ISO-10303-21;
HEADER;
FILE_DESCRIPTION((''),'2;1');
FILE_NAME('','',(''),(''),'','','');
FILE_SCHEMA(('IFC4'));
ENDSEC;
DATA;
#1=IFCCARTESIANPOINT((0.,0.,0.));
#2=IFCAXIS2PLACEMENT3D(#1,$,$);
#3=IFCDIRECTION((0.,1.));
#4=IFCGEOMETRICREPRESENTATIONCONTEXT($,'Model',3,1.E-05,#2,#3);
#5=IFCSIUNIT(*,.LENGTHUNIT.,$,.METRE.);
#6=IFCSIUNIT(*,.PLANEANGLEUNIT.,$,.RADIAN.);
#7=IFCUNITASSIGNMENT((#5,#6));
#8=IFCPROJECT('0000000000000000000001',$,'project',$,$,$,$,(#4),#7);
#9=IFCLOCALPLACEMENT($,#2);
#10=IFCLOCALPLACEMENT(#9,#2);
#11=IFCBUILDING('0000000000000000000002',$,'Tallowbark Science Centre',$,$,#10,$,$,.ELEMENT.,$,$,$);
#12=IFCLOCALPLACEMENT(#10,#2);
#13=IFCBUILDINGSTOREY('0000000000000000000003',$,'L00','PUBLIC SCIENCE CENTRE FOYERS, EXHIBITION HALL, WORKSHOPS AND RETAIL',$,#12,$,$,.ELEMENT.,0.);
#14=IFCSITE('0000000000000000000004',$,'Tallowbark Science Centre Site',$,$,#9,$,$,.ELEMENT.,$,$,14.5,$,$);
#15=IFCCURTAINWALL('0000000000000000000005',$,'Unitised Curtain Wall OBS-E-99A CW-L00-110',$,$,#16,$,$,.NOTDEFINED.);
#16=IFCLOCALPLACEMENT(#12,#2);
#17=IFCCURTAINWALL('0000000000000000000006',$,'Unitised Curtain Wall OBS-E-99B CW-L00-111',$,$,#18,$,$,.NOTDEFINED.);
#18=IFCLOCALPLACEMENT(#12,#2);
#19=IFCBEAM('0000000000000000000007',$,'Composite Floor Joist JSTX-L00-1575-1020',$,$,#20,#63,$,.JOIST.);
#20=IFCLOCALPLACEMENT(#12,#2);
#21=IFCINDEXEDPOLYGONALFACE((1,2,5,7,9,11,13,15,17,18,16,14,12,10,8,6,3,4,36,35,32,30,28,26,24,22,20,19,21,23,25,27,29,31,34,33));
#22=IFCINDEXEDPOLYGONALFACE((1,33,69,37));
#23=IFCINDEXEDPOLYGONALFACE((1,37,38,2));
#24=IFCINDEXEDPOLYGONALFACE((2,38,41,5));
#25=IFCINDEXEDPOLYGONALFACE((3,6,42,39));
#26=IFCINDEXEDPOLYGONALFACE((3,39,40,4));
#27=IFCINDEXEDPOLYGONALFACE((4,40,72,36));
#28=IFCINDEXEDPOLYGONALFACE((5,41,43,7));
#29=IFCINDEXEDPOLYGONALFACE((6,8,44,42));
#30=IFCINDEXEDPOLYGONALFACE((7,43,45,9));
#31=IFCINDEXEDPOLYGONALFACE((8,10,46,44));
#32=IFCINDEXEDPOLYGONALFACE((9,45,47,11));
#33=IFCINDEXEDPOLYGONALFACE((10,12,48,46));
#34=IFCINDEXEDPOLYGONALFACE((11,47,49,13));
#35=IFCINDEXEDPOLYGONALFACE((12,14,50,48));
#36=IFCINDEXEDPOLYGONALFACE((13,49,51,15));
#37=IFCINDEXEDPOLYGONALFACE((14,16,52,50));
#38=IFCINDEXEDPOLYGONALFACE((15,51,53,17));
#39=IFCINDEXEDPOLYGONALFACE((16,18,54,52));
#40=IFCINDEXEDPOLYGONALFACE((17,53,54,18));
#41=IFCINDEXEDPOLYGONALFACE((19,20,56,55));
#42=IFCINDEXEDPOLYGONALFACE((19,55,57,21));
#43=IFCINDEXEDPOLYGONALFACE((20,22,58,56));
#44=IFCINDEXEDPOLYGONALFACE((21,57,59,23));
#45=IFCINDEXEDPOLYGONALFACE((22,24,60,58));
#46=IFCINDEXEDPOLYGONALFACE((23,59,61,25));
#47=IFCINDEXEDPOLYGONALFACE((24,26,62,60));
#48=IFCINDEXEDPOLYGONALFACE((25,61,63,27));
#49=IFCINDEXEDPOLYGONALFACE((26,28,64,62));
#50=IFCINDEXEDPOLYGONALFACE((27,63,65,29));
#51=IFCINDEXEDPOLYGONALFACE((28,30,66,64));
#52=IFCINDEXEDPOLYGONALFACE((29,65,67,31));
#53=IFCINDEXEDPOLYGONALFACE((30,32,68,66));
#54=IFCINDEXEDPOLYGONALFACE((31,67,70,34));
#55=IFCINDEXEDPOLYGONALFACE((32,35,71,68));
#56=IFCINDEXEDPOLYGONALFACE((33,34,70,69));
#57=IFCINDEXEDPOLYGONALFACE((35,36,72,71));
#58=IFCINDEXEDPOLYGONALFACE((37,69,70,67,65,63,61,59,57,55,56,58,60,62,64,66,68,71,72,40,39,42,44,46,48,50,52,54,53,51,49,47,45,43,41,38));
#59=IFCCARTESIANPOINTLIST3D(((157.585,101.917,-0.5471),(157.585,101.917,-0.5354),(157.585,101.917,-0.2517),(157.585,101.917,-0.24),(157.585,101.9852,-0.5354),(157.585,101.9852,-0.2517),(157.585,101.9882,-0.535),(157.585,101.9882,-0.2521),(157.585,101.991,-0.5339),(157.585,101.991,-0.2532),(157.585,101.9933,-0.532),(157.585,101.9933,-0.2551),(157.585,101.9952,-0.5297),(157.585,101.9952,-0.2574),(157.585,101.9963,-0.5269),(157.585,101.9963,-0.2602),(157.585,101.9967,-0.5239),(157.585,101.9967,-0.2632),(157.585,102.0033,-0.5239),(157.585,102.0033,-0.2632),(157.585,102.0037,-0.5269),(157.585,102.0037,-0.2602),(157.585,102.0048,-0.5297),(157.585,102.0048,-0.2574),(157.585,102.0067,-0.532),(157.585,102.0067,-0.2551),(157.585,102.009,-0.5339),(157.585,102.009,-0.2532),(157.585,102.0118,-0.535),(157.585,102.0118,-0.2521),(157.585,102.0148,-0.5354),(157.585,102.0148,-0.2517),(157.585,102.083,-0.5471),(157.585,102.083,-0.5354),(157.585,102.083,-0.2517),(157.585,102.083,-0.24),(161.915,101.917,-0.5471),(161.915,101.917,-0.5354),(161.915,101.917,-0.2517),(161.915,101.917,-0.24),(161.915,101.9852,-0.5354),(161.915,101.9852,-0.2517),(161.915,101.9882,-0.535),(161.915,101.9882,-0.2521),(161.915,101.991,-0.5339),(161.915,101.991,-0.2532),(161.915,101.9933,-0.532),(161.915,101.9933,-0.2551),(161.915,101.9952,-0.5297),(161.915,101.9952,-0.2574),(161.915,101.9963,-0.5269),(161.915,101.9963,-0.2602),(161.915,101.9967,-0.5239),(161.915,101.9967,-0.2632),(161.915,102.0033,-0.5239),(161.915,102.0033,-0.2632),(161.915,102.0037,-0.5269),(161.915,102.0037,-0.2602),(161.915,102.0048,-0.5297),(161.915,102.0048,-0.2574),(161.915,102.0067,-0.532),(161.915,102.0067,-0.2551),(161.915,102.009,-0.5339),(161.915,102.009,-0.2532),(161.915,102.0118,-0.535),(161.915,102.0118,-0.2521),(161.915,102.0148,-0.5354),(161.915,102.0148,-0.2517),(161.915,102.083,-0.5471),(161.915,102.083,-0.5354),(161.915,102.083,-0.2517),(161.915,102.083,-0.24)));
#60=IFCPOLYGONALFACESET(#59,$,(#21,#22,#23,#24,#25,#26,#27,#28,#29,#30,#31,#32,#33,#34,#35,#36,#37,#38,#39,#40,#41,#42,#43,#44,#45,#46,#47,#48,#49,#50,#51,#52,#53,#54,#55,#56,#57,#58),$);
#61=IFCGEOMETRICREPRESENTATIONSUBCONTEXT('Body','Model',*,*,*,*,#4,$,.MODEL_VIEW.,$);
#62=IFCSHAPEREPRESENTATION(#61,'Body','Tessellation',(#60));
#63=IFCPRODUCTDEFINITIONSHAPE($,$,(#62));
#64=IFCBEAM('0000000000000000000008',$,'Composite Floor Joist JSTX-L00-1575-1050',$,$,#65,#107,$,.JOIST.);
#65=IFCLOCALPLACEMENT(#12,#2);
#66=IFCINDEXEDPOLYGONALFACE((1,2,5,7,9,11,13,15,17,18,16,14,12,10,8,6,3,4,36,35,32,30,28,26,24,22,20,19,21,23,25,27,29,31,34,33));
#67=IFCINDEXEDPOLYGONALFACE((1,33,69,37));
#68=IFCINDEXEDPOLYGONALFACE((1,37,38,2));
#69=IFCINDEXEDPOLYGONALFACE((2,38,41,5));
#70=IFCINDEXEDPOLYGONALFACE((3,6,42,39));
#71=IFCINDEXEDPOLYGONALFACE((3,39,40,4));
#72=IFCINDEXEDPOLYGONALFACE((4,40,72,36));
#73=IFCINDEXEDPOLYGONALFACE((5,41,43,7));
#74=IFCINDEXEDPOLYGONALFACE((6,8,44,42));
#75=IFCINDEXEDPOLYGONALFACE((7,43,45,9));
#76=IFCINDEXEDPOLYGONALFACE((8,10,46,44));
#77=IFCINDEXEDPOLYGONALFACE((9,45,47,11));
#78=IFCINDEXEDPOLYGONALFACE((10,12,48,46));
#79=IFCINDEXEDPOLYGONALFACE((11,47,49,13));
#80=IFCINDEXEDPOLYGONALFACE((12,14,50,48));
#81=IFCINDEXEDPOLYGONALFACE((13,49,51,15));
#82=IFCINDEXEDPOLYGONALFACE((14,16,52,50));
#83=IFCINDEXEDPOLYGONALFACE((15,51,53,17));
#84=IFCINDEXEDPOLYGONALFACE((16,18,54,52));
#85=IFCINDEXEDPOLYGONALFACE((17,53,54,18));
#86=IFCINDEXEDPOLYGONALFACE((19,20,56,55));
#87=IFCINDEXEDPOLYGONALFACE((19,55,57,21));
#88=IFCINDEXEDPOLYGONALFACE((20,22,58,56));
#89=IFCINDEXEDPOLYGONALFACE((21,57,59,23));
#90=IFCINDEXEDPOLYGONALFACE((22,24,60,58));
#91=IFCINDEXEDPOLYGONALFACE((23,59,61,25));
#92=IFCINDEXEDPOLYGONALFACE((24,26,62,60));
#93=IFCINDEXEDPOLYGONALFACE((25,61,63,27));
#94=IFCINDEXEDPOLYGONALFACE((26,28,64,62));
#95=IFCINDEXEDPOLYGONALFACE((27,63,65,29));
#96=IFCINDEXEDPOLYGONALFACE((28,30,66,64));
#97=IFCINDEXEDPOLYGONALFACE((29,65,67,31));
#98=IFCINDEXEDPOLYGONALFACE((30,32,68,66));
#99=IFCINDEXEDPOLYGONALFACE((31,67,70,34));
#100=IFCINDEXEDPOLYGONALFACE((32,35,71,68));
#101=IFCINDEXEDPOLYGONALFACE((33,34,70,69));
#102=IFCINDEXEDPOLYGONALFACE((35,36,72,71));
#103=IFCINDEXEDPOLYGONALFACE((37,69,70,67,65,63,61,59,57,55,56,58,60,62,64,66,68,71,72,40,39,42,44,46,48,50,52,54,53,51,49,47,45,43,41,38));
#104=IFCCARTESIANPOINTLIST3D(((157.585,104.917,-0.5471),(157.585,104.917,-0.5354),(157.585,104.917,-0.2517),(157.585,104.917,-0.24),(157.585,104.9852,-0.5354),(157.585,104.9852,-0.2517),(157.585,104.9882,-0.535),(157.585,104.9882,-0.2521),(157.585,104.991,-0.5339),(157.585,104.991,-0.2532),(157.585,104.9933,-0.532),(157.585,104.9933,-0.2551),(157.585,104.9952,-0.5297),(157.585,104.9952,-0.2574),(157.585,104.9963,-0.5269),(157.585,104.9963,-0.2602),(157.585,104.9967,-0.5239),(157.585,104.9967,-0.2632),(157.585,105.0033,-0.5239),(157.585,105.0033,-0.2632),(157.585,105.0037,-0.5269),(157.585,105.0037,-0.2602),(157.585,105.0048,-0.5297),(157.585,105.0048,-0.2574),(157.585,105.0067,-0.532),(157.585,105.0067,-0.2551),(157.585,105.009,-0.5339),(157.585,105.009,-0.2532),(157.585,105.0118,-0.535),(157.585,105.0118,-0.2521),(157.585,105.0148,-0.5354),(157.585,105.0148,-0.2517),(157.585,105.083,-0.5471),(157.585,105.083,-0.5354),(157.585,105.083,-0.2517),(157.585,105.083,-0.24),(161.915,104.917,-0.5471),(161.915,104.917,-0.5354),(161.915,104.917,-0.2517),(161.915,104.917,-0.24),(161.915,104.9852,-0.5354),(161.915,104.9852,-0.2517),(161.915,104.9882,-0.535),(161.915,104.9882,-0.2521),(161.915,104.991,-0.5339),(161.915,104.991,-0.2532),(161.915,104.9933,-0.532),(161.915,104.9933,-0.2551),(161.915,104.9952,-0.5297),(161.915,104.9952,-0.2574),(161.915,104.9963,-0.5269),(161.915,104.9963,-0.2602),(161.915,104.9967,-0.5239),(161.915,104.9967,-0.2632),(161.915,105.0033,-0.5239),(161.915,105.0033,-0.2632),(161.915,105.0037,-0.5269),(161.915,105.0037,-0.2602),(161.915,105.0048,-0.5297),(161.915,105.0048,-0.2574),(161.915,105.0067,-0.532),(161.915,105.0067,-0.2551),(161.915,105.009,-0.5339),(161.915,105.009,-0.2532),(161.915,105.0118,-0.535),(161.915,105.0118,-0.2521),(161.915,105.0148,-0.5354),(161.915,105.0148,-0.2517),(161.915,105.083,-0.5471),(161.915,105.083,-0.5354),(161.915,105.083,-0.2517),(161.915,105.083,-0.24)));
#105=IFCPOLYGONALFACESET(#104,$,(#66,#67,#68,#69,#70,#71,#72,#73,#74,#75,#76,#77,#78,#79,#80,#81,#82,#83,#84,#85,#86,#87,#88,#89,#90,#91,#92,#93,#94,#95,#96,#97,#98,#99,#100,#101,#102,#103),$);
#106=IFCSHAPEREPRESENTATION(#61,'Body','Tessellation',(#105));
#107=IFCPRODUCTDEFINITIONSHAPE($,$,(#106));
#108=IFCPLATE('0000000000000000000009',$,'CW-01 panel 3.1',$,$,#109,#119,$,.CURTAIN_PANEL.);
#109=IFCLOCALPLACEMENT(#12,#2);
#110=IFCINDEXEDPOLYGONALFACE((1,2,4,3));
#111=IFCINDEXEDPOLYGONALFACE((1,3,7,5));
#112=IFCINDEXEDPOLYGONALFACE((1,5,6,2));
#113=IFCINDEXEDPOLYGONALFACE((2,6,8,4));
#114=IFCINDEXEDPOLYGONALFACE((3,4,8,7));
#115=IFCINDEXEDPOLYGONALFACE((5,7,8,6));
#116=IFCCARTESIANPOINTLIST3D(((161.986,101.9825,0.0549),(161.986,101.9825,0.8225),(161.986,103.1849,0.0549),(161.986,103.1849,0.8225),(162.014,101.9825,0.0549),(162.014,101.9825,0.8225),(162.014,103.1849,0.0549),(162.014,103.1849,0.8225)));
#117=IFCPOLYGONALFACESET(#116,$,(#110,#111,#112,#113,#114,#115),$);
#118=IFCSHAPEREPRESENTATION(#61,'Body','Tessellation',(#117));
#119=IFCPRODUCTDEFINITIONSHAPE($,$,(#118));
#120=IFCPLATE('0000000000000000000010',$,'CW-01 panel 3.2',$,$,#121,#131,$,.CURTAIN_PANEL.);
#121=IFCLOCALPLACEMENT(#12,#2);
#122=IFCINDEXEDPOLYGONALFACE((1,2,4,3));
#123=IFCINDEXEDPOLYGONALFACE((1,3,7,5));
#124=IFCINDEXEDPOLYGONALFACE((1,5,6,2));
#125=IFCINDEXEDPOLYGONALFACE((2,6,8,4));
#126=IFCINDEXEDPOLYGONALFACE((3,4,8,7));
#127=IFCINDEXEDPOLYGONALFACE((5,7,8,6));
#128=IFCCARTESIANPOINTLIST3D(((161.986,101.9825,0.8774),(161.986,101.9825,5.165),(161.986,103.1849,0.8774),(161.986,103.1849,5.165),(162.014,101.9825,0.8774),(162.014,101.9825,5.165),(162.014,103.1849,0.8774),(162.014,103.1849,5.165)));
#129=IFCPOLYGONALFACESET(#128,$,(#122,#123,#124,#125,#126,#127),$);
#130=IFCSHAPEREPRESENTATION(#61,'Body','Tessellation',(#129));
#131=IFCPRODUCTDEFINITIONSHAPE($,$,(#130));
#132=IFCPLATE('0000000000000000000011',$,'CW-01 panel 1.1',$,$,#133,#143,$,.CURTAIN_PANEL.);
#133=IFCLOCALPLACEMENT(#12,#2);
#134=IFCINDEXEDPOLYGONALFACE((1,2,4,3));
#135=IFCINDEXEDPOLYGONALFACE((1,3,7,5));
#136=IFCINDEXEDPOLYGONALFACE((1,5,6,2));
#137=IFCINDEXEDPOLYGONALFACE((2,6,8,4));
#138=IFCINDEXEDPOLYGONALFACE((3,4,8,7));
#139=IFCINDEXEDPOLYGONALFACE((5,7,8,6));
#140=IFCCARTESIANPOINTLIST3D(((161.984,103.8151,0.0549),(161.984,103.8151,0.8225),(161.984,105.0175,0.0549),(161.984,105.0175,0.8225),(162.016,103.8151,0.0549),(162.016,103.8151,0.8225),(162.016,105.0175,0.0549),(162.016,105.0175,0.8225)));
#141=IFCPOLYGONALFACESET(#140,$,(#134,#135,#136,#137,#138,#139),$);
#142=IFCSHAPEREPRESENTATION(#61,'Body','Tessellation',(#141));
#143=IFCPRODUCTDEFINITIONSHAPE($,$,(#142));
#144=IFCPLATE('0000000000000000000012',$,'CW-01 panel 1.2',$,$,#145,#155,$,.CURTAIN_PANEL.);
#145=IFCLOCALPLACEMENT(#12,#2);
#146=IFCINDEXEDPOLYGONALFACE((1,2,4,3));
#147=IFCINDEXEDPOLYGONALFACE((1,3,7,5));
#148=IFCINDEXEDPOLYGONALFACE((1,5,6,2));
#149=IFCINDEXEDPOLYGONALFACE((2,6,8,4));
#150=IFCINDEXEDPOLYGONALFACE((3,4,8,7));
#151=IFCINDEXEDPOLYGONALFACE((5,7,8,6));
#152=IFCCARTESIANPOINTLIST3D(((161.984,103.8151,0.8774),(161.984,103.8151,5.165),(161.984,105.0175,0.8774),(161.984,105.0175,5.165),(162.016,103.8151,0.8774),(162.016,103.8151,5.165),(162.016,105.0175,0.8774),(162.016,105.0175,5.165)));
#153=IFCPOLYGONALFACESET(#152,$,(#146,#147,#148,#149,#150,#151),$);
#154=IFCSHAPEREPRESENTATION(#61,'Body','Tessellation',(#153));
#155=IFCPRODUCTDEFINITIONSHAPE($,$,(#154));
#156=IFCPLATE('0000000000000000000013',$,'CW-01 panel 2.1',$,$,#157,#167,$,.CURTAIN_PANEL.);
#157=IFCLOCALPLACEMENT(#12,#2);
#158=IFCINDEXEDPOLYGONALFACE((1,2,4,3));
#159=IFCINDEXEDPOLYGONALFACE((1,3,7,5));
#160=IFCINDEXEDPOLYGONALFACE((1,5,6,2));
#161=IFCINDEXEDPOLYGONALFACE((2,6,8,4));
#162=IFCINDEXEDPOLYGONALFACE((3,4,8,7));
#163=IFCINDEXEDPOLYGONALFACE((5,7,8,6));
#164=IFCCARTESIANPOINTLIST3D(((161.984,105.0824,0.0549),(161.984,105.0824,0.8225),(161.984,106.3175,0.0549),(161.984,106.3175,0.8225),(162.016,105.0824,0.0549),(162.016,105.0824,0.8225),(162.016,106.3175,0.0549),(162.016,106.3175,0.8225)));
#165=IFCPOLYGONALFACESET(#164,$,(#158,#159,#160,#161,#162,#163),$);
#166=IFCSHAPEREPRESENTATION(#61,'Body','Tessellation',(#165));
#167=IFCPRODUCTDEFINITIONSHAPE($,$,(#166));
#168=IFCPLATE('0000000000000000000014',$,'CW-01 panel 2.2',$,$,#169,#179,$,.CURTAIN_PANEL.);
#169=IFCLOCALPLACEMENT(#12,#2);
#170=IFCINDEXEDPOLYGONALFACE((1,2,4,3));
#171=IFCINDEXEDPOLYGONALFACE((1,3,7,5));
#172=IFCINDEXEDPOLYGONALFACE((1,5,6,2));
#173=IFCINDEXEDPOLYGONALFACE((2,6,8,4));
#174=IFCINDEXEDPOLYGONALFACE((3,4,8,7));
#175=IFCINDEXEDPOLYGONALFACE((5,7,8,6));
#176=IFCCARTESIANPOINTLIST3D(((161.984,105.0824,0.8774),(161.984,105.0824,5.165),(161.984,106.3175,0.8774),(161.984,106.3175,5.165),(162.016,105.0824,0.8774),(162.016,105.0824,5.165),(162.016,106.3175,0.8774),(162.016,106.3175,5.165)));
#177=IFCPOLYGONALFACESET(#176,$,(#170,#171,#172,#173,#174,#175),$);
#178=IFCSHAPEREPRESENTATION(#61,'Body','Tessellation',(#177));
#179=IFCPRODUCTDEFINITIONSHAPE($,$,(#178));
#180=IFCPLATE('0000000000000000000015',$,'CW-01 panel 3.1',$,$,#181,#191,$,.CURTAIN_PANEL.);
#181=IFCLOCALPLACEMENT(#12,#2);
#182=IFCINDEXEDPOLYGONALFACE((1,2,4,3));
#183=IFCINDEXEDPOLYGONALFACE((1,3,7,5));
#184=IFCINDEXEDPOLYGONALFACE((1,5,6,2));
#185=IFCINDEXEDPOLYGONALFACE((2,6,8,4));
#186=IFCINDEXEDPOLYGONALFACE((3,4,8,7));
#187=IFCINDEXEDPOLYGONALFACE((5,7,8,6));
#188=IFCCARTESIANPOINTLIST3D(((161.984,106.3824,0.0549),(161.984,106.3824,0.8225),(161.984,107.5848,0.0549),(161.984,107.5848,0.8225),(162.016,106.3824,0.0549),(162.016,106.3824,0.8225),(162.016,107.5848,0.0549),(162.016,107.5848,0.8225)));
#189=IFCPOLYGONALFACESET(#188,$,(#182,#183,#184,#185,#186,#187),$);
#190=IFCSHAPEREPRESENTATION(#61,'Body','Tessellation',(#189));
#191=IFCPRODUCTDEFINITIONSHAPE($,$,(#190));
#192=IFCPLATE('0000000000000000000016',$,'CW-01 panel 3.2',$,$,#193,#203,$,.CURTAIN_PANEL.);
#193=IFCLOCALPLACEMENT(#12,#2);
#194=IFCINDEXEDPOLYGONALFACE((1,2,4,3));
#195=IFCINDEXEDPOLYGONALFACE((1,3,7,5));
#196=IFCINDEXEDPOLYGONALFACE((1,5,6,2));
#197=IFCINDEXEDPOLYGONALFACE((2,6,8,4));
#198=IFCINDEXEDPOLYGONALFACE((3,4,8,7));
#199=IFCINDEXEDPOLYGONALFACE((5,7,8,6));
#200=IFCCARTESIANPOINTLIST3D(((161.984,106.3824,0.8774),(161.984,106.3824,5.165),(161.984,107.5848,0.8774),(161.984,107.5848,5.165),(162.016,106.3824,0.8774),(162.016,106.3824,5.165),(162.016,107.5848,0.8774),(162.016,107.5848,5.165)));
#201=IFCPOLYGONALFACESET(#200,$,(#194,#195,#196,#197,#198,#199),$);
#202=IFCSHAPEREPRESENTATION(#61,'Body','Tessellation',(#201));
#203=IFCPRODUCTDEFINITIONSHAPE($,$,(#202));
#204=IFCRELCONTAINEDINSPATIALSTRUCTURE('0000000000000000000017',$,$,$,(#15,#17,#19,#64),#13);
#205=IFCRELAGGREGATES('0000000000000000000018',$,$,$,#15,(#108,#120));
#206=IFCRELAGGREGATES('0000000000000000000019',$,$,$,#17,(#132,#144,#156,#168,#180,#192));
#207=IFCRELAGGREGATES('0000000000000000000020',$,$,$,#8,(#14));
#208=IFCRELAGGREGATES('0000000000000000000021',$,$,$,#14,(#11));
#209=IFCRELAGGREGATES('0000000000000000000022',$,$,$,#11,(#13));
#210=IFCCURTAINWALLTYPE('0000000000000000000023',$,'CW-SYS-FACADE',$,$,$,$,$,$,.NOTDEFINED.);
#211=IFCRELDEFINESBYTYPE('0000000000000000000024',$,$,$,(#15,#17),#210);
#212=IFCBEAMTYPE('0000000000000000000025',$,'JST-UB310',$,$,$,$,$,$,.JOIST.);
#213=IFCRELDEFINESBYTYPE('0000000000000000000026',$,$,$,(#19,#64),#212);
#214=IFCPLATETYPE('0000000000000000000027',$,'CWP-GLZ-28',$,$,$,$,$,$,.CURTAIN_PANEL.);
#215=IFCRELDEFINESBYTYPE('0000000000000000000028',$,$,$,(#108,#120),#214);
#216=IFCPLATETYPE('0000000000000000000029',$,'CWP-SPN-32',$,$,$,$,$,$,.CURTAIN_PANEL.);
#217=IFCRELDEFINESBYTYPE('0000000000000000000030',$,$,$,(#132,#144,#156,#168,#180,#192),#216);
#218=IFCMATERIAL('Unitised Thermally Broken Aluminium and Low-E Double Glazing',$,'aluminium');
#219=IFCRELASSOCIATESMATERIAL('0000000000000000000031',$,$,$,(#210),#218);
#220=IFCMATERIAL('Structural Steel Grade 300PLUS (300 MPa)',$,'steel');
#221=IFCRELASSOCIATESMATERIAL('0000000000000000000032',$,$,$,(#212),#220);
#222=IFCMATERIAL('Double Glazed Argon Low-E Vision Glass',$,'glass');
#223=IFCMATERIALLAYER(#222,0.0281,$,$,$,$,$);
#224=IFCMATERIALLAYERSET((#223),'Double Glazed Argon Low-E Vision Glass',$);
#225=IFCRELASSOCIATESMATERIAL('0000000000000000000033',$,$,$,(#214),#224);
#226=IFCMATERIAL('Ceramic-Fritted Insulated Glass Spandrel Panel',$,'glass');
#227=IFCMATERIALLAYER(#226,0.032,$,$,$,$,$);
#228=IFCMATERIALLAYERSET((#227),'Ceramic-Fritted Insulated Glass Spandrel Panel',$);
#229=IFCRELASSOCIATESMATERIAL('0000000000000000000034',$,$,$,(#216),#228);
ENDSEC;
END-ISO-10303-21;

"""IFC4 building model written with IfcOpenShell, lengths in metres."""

from ifc_helpers import new_model, si_unit, direction, frame, origin, origin_2d, place, context, subcontext, project, spatial, rectangle, i_section, extrude, material, layer, layer_set, material_profile, profile_set, type_object, element, aggregate, save


model = new_model("IFC4")

# Units and contexts
model_context = context("Model", 3, precision=1e-05, world=origin(), true_north=direction((0.0, 1.0)))
body_context = subcontext(model_context, "Body", "Model", "MODEL_VIEW")
ifc_project = project(units=[si_unit("LENGTHUNIT", "METRE"), si_unit("PLANEANGLEUNIT", "RADIAN")], contexts=[model_context])

# Site, building, storey
site_placement = place(None, origin())
site = spatial("IfcSite", under=ifc_project, at=site_placement, Name="Tallowbark Science Centre Site", CompositionType="ELEMENT", RefElevation=14.5)
building_placement = place(site_placement, origin())
building = spatial("IfcBuilding", under=site, at=building_placement, Name="Tallowbark Science Centre", CompositionType="ELEMENT")
storey_placement = place(building_placement, origin())
storey = spatial("IfcBuildingStorey", under=building, at=storey_placement, Name="L00", Description="PUBLIC SCIENCE CENTRE FOYERS, EXHIBITION HALL, WORKSHOPS AND RETAIL", CompositionType="ELEMENT", Elevation=0.0)

# Curtain wall
ifc_material_1 = material(Name="Unitised Thermally Broken Aluminium and Low-E Double Glazing", Category="aluminium")
curtain_wall_type = type_object("IfcCurtainWallType", Name="CW-SYS-FACADE", PredefinedType="NOTDEFINED", material=ifc_material_1)
curtain_wall_1_placement = place(storey_placement, origin())
curtain_wall_1 = element("IfcCurtainWall", 1, at=curtain_wall_1_placement, inside=storey, type_object=curtain_wall_type, Name="Unitised Curtain Wall OBS-E-99A CW-L00-110", PredefinedType="NOTDEFINED")

# Curtain wall
curtain_wall_2_placement = place(storey_placement, origin())
curtain_wall_2 = element("IfcCurtainWall", 2, at=curtain_wall_2_placement, inside=storey, type_object=curtain_wall_type, Name="Unitised Curtain Wall OBS-E-99B CW-L00-111", PredefinedType="NOTDEFINED")

# Beams
ifc_material_2 = material(Name="Structural Steel Grade 300PLUS (300 MPa)", Category="steel")
ifc_material_profile_1 = material_profile(ifc_material_2, i_section(OverallWidth=0.166, OverallDepth=0.3071, WebThickness=0.0066, FlangeThickness=0.0117, FilletRadius=0.0115, at=origin_2d()), Name="310UB46.2")
ifc_profile_set_1 = profile_set([ifc_material_profile_1], Name="Structural Steel Grade 300PLUS (300 MPa)")
beam_type = type_object("IfcBeamType", Name="JST-UB310", PredefinedType="JOIST", material=ifc_profile_set_1)
for number, where, z_axis, x_axis, name in (
    (3, (157.585, 102.0, -0.3936), (1.0, 0.0, 0.0), (0.0, 1.0, 0.0), "Composite Floor Joist JSTX-L00-1575-1020"),
    (4, (157.585, 105.0, -0.3936), (1.0, 0.0, 0.0), (0.0, 1.0, 0.0), "Composite Floor Joist JSTX-L00-1575-1050"),
):
    element("IfcBeam", number, at=place(storey_placement, frame(where, z_axis=z_axis, x_axis=x_axis)), inside=storey, type_object=beam_type, Name=name, PredefinedType="JOIST", context=body_context, shape_type="SweptSolid", body=[
        extrude(i_section(OverallWidth=0.166, OverallDepth=0.3071, WebThickness=0.0066, FlangeThickness=0.0117, FilletRadius=0.0115, at=origin_2d()), origin(), (0.0, 0.0, 1.0), 4.3301),
    ])

# Plates
ifc_material_3 = material(Name="Double Glazed Argon Low-E Vision Glass", Category="glass")
ifc_layer_1 = layer(ifc_material_3, 0.0281)
ifc_layer_set_1 = layer_set([ifc_layer_1], Name="Double Glazed Argon Low-E Vision Glass")
plate_type_1 = type_object("IfcPlateType", Name="CWP-GLZ-28", PredefinedType="CURTAIN_PANEL", material=ifc_layer_set_1)
plate_1_placement = place(storey_placement, frame((162.0, 102.5837, 0.0549), z_axis=(0.0, 0.0, 1.0), x_axis=(0.0, 1.0, 0.0)))
plate_1 = element("IfcPlate", 5, at=plate_1_placement, type_object=plate_type_1, Name="CW-01 panel 3.1", PredefinedType="CURTAIN_PANEL", context=body_context, shape_type="SweptSolid", body=[
    extrude(rectangle(XDim=1.2024, YDim=0.0281, at=origin_2d()), origin(), (0.0, 0.0, 1.0), 0.7676),
])
plate_2_placement = place(storey_placement, frame((162.0, 102.5837, 0.8774), z_axis=(0.0, 0.0, 1.0), x_axis=(0.0, 1.0, 0.0)))
plate_2 = element("IfcPlate", 6, at=plate_2_placement, type_object=plate_type_1, Name="CW-01 panel 3.2", PredefinedType="CURTAIN_PANEL", context=body_context, shape_type="SweptSolid", body=[
    extrude(rectangle(XDim=1.2024, YDim=0.0281, at=origin_2d()), origin(), (0.0, 0.0, 1.0), 4.2876),
])
aggregate(curtain_wall_1, [plate_1, plate_2])
ifc_material_4 = material(Name="Ceramic-Fritted Insulated Glass Spandrel Panel", Category="glass")
ifc_layer_2 = layer(ifc_material_4, 0.032)
ifc_layer_set_2 = layer_set([ifc_layer_2], Name="Ceramic-Fritted Insulated Glass Spandrel Panel")
plate_type_2 = type_object("IfcPlateType", Name="CWP-SPN-32", PredefinedType="CURTAIN_PANEL", material=ifc_layer_set_2)
plate_3_placement = place(storey_placement, frame((162.0, 104.4163, 0.0549), z_axis=(0.0, 0.0, 1.0), x_axis=(0.0, 1.0, 0.0)))
plate_3 = element("IfcPlate", 7, at=plate_3_placement, type_object=plate_type_2, Name="CW-01 panel 1.1", PredefinedType="CURTAIN_PANEL", context=body_context, shape_type="SweptSolid", body=[
    extrude(rectangle(XDim=1.2024, YDim=0.032, at=origin_2d()), origin(), (0.0, 0.0, 1.0), 0.7676),
])
plate_4_placement = place(storey_placement, frame((162.0, 104.4163, 0.8774), z_axis=(0.0, 0.0, 1.0), x_axis=(0.0, 1.0, 0.0)))
plate_4 = element("IfcPlate", 8, at=plate_4_placement, type_object=plate_type_2, Name="CW-01 panel 1.2", PredefinedType="CURTAIN_PANEL", context=body_context, shape_type="SweptSolid", body=[
    extrude(rectangle(XDim=1.2024, YDim=0.032, at=origin_2d()), origin(), (0.0, 0.0, 1.0), 4.2876),
])
plate_5_placement = place(storey_placement, frame((162.0, 105.7, 0.0549), z_axis=(0.0, 0.0, 1.0), x_axis=(0.0, 1.0, 0.0)))
plate_5 = element("IfcPlate", 9, at=plate_5_placement, type_object=plate_type_2, Name="CW-01 panel 2.1", PredefinedType="CURTAIN_PANEL", context=body_context, shape_type="SweptSolid", body=[
    extrude(rectangle(XDim=1.2351, YDim=0.032, at=origin_2d()), origin(), (0.0, 0.0, 1.0), 0.7676),
])
plate_6_placement = place(storey_placement, frame((162.0, 105.7, 0.8774), z_axis=(0.0, 0.0, 1.0), x_axis=(0.0, 1.0, 0.0)))
plate_6 = element("IfcPlate", 10, at=plate_6_placement, type_object=plate_type_2, Name="CW-01 panel 2.2", PredefinedType="CURTAIN_PANEL", context=body_context, shape_type="SweptSolid", body=[
    extrude(rectangle(XDim=1.2351, YDim=0.032, at=origin_2d()), origin(), (0.0, 0.0, 1.0), 4.2876),
])
plate_7_placement = place(storey_placement, frame((162.0, 106.9836, 0.0549), z_axis=(0.0, 0.0, 1.0), x_axis=(0.0, 1.0, 0.0)))
plate_7 = element("IfcPlate", 11, at=plate_7_placement, type_object=plate_type_2, Name="CW-01 panel 3.1", PredefinedType="CURTAIN_PANEL", context=body_context, shape_type="SweptSolid", body=[
    extrude(rectangle(XDim=1.2024, YDim=0.032, at=origin_2d()), origin(), (0.0, 0.0, 1.0), 0.7676),
])
plate_8_placement = place(storey_placement, frame((162.0, 106.9836, 0.8774), z_axis=(0.0, 0.0, 1.0), x_axis=(0.0, 1.0, 0.0)))
plate_8 = element("IfcPlate", 12, at=plate_8_placement, type_object=plate_type_2, Name="CW-01 panel 3.2", PredefinedType="CURTAIN_PANEL", context=body_context, shape_type="SweptSolid", body=[
    extrude(rectangle(XDim=1.2024, YDim=0.032, at=origin_2d()), origin(), (0.0, 0.0, 1.0), 4.2876),
])
aggregate(curtain_wall_2, [plate_3, plate_4, plate_5, plate_6, plate_7, plate_8])

save(model, "model.ifc")
